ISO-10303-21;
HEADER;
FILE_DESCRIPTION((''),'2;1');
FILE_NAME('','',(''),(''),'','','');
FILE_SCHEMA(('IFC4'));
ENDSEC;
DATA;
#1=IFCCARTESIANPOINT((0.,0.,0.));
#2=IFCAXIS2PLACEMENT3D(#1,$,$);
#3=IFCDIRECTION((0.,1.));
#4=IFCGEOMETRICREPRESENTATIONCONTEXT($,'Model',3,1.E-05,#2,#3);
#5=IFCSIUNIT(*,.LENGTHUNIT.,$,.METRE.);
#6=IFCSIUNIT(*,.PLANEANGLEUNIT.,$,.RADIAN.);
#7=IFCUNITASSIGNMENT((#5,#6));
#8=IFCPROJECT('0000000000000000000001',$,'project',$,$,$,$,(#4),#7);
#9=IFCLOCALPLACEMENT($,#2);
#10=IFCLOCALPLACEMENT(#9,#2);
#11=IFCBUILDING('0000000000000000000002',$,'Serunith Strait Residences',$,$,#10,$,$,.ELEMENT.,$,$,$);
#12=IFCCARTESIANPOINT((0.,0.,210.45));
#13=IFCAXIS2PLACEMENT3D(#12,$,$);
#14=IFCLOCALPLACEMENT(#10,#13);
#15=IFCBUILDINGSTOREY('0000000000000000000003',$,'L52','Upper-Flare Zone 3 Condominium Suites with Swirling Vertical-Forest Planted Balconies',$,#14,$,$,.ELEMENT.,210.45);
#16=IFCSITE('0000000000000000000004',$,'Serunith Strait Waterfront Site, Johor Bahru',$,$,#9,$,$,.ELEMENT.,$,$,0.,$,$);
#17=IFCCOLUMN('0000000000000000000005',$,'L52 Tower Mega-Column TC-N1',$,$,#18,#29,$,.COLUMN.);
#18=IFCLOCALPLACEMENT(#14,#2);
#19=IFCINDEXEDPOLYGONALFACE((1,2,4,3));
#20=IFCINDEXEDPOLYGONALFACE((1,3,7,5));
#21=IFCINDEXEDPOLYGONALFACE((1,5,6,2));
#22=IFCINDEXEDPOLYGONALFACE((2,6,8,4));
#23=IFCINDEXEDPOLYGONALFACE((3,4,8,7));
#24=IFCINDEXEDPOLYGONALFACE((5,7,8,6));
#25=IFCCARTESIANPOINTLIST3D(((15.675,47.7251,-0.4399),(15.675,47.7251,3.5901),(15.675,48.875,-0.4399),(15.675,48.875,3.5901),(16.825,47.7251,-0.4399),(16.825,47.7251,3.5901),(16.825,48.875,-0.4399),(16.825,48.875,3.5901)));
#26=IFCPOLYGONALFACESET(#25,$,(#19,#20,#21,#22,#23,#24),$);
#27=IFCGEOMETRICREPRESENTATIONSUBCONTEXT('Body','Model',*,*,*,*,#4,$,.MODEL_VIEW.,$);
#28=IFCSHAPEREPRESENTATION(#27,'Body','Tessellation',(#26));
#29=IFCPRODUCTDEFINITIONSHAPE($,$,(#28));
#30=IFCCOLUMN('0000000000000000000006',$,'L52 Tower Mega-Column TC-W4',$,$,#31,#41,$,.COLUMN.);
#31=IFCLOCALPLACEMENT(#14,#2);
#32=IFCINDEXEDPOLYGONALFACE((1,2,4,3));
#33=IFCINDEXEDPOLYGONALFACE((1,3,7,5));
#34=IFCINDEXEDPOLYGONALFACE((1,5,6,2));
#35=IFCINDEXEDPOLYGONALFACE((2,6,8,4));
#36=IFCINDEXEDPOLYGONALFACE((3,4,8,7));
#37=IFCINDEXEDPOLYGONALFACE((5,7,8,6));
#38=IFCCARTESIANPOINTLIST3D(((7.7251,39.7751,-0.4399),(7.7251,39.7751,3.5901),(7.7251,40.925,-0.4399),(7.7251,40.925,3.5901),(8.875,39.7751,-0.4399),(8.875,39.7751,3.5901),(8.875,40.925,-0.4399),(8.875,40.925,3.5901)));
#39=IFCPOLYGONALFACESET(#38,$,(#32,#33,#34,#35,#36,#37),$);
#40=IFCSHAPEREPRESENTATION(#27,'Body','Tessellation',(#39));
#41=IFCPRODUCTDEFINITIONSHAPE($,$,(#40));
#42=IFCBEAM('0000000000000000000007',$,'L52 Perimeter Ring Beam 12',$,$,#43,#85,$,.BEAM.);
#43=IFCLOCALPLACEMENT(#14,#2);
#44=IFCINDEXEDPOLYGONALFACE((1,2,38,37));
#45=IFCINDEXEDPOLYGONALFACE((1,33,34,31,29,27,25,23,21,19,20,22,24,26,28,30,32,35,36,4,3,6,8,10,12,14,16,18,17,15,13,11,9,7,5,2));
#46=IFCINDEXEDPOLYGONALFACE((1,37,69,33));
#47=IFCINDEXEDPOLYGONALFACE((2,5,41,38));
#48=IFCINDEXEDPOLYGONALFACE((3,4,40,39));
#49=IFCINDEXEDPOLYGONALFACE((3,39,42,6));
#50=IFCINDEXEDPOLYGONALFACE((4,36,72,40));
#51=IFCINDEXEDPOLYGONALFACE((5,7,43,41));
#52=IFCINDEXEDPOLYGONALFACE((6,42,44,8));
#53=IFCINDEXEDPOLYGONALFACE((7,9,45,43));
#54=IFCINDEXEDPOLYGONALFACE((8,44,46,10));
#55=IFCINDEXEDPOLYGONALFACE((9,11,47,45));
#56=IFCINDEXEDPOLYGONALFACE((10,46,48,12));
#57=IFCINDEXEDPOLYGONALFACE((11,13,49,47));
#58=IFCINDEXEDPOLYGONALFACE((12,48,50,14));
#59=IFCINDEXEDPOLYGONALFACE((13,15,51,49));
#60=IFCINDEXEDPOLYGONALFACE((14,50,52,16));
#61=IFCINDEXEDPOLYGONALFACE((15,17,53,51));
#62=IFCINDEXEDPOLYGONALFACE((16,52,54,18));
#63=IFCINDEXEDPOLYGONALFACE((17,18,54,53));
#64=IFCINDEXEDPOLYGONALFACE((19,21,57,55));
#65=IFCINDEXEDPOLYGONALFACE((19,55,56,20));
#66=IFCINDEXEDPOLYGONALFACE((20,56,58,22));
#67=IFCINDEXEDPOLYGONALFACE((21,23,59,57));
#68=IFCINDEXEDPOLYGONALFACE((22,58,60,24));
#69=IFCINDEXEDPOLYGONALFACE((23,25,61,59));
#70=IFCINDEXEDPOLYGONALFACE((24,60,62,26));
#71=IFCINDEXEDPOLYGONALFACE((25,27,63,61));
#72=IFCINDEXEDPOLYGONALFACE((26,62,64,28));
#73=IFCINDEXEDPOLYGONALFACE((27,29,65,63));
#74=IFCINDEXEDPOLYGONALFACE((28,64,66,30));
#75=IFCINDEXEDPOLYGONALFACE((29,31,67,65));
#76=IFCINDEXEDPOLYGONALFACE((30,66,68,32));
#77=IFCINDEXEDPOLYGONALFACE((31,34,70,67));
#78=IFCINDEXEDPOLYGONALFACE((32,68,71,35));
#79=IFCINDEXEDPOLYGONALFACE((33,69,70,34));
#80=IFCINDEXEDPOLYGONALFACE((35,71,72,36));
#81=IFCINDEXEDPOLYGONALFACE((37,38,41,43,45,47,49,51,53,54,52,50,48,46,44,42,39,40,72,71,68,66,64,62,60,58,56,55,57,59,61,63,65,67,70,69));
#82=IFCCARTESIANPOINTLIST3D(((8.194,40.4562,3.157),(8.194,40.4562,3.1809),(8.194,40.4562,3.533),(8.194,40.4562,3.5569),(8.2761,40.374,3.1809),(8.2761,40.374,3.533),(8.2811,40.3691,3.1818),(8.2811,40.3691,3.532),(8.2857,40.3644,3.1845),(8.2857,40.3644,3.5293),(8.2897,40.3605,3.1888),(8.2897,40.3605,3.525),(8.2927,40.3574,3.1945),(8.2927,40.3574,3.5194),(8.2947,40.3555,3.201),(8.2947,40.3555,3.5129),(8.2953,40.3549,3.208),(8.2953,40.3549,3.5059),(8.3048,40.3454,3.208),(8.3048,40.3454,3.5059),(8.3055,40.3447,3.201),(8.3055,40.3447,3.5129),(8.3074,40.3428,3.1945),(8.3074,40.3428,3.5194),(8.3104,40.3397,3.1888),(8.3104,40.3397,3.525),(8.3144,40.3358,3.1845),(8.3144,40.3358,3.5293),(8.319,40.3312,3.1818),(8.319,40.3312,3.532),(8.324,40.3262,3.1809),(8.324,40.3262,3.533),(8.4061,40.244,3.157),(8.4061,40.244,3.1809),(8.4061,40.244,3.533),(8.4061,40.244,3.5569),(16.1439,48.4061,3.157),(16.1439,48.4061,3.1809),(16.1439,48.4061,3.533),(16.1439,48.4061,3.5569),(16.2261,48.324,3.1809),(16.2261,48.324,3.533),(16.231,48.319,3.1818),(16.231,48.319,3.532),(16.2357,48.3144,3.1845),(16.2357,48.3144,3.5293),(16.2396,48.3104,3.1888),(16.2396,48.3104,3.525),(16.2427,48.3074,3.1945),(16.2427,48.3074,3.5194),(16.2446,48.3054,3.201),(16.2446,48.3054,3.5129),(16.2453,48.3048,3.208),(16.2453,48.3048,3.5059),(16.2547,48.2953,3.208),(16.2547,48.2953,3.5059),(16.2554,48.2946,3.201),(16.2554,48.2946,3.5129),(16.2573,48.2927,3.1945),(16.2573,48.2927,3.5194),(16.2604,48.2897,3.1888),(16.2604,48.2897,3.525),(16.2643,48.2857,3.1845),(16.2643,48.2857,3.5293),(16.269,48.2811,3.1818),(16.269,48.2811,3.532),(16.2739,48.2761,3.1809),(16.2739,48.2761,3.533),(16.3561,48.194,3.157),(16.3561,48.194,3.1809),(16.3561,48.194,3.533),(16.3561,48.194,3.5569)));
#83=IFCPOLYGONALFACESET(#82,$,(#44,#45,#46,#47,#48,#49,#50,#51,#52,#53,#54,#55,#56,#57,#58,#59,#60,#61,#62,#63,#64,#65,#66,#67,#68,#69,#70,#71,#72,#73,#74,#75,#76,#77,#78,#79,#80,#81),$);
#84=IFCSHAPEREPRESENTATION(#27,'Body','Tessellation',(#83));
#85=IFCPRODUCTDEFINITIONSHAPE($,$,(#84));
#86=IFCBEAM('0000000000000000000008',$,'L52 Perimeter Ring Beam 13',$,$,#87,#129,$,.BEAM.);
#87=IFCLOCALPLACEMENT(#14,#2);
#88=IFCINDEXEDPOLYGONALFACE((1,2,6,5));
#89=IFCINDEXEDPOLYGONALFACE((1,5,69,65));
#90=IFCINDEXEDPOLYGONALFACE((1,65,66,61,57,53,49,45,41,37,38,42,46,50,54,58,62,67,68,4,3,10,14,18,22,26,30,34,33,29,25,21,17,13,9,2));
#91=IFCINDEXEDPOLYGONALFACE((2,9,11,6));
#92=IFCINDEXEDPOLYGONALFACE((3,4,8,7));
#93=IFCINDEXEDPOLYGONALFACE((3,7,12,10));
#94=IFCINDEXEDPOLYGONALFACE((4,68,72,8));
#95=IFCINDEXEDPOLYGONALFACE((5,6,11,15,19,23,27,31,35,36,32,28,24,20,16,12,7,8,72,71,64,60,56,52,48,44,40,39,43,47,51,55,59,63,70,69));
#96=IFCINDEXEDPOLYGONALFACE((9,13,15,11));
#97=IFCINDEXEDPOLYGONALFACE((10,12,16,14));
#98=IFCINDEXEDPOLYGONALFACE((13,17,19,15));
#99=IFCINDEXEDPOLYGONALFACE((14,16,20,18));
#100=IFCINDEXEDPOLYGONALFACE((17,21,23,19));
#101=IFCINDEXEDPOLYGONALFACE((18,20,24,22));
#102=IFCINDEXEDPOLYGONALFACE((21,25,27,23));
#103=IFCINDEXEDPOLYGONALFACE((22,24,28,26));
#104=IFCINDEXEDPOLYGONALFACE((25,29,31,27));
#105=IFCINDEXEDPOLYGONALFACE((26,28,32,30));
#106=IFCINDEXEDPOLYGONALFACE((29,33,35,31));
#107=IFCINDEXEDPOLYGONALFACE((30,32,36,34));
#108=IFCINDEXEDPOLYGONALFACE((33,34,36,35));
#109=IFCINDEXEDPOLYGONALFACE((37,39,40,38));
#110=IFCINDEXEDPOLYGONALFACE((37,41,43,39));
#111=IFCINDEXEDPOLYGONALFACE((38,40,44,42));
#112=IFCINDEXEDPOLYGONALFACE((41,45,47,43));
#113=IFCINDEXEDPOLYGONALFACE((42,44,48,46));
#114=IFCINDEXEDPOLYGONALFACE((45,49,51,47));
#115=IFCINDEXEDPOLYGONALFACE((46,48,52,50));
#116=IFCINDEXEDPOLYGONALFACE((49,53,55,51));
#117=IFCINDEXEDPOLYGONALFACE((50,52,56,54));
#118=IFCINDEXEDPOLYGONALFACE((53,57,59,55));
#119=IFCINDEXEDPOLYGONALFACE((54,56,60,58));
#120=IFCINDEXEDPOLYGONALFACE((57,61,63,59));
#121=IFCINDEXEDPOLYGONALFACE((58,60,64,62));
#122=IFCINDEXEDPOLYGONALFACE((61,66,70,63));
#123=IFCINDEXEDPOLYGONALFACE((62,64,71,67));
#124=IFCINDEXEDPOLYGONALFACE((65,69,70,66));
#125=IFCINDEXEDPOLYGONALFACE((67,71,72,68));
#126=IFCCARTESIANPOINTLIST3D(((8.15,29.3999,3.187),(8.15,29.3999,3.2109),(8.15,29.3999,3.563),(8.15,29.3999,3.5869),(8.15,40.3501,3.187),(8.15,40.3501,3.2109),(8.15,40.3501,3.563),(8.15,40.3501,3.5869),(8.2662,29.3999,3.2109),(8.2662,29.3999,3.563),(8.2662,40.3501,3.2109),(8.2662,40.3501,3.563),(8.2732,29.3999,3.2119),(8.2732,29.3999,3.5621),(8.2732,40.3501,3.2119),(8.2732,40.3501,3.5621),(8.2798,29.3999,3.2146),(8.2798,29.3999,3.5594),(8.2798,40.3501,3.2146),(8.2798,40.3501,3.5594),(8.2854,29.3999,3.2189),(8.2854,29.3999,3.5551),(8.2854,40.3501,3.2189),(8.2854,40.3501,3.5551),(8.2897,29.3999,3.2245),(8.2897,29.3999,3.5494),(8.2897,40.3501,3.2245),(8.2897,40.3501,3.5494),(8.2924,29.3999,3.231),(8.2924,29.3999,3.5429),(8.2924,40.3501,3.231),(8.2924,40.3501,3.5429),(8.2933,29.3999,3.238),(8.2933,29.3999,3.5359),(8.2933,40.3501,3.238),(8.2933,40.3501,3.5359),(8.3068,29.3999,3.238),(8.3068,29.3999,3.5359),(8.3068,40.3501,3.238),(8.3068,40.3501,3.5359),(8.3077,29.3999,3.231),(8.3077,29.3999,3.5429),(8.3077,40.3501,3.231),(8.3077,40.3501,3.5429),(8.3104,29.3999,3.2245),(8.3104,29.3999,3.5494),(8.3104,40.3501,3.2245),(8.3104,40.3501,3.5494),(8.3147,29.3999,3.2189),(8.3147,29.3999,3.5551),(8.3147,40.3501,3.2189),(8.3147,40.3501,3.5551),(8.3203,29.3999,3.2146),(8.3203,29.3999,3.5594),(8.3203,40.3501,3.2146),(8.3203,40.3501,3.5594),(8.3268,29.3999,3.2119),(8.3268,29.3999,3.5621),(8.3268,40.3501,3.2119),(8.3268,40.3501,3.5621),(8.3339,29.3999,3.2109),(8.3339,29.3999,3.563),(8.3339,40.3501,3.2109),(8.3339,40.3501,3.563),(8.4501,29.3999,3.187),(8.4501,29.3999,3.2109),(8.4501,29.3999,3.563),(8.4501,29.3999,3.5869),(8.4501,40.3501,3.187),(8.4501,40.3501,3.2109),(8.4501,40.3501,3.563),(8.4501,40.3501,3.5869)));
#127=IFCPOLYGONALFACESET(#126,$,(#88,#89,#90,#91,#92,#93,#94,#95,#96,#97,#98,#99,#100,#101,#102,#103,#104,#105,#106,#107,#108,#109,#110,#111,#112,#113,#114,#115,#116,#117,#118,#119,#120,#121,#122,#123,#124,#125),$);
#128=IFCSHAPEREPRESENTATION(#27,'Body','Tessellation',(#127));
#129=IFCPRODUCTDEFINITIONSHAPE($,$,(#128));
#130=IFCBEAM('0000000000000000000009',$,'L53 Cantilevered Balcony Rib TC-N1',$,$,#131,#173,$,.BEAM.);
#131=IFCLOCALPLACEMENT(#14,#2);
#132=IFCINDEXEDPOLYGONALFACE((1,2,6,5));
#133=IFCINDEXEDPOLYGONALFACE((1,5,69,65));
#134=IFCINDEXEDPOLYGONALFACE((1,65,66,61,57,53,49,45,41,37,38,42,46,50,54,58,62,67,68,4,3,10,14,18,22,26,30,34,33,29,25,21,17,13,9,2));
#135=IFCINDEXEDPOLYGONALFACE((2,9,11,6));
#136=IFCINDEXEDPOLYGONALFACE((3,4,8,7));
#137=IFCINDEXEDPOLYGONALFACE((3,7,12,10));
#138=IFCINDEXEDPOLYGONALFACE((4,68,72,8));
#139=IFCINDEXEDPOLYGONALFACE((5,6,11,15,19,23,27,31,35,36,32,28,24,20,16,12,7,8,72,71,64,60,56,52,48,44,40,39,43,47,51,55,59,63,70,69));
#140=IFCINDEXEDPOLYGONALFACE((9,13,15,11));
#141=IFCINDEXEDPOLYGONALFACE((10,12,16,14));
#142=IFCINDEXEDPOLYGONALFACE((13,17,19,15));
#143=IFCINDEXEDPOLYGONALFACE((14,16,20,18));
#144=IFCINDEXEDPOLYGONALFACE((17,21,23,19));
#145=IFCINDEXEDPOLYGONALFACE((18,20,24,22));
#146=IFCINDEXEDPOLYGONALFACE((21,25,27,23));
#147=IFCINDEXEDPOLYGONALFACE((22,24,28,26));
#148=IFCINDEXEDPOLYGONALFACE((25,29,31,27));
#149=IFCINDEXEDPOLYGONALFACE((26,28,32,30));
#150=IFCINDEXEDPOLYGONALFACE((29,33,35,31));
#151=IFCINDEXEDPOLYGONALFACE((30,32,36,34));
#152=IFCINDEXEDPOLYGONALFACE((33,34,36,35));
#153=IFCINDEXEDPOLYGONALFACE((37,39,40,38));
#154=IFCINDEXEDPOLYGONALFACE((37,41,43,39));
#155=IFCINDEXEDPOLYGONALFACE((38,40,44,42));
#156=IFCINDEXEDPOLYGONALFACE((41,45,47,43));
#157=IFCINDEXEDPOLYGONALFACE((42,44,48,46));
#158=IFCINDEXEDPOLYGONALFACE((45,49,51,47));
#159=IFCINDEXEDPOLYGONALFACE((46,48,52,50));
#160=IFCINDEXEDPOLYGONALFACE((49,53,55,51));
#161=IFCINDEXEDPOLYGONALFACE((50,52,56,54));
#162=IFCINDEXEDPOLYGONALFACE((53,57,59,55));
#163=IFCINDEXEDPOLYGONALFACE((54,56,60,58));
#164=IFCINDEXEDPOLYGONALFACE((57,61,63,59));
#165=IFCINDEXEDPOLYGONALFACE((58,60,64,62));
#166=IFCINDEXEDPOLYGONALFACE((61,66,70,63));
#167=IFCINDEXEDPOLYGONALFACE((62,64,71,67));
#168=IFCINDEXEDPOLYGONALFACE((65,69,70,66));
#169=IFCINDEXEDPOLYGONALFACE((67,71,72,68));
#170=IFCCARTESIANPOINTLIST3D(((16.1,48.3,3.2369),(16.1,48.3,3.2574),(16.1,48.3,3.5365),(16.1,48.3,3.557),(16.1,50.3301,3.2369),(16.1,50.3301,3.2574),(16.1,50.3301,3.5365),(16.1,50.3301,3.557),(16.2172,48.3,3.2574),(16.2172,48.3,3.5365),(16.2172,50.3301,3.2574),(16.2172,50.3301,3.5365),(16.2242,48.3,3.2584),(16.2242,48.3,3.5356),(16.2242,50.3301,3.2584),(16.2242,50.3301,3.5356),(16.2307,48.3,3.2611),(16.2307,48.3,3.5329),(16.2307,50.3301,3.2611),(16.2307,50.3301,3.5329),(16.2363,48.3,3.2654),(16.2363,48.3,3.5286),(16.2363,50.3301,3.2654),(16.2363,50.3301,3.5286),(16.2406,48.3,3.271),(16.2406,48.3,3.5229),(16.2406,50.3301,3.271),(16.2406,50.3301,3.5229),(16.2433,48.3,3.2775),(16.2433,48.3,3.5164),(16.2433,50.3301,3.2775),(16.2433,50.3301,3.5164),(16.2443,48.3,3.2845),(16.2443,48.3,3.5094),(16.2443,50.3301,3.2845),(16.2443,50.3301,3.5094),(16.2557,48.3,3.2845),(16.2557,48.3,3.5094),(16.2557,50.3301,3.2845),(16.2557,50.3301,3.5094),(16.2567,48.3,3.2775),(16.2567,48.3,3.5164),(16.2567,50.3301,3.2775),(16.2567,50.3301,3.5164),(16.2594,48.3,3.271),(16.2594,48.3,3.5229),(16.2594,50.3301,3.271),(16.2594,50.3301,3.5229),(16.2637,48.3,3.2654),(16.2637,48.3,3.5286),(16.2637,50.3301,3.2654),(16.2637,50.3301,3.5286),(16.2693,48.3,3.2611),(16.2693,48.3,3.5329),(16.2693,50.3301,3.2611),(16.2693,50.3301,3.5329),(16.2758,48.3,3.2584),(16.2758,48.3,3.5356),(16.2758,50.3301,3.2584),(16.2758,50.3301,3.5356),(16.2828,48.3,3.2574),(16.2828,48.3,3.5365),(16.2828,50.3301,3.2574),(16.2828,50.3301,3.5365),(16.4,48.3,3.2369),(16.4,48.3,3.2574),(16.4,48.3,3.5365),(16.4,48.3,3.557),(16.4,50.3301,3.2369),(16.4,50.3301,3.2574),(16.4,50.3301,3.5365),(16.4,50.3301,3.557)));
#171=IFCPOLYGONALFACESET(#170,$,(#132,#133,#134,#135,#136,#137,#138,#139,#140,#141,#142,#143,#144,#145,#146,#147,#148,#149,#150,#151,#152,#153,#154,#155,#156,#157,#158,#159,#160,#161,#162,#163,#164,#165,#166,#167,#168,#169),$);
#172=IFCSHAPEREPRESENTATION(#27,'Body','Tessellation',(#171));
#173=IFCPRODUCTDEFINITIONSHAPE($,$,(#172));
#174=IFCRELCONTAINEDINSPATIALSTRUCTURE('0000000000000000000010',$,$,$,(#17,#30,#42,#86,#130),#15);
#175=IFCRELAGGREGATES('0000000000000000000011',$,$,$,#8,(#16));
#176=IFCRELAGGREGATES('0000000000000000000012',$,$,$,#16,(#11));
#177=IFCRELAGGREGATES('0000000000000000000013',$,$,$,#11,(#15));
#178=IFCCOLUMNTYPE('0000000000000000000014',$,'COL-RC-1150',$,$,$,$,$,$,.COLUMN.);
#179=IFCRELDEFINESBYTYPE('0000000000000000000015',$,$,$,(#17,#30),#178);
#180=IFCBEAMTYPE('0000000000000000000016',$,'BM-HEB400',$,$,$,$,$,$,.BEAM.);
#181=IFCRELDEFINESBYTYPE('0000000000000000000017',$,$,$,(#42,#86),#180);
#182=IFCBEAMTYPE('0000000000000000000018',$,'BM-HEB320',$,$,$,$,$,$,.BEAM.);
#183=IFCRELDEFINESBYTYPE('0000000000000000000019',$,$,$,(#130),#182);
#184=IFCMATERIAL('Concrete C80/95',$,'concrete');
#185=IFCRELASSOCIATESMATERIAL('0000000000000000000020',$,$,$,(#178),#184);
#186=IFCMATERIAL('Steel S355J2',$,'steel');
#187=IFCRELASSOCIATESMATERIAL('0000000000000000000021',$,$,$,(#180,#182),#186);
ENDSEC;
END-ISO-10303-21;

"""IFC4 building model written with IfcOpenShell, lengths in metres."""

from ifc_helpers import new_model, si_unit, direction, frame, origin, origin_2d, place, context, subcontext, project, spatial, rectangle, i_section, extrude, source, transform, mapped, material, material_profile, profile_set, type_object, element, save


model = new_model("IFC4")

# Units and contexts
model_context = context("Model", 3, precision=1e-05, world=origin(), true_north=direction((0.0, 1.0)))
body_context = subcontext(model_context, "Body", "Model", "MODEL_VIEW")
ifc_project = project(units=[si_unit("LENGTHUNIT", "METRE"), si_unit("PLANEANGLEUNIT", "RADIAN")], contexts=[model_context])

# Site, building, storey
site_placement = place(None, origin())
site = spatial("IfcSite", under=ifc_project, at=site_placement, Name="Serunith Strait Waterfront Site, Johor Bahru", CompositionType="ELEMENT", RefElevation=0.0)
building_placement = place(site_placement, origin())
building = spatial("IfcBuilding", under=site, at=building_placement, Name="Serunith Strait Residences", CompositionType="ELEMENT")
storey_placement = place(building_placement, frame((0.0, 0.0, 210.45)))
storey = spatial("IfcBuildingStorey", under=building, at=storey_placement, Name="L52", Description="Upper-Flare Zone 3 Condominium Suites with Swirling Vertical-Forest Planted Balconies", CompositionType="ELEMENT", Elevation=210.45)

# Columns
ifc_material_1 = material(Name="Concrete C80/95", Category="concrete")
ifc_material_profile_1 = material_profile(ifc_material_1, rectangle(XDim=1.1499, YDim=1.1499, at=origin_2d()), Name="RC 1150x1150")
ifc_profile_set_1 = profile_set([ifc_material_profile_1], Name="Concrete C80/95")
column_type = type_object("IfcColumnType", Name="COL-RC-1150", PredefinedType="COLUMN", material=ifc_profile_set_1)
shared_shape_1 = source(origin(), body_context, "Body", "SweptSolid", [
    extrude(rectangle(XDim=1.1499, YDim=1.1499, at=origin_2d()), origin(), (0.0, 0.0, 1.0), 4.03),
])
for number, where, z_axis, x_axis, name in (
    (1, (16.25, 48.3, -0.4399), (0.0, 0.0, 1.0), (1.0, 0.0, 0.0), "L52 Tower Mega-Column TC-N1"),
    (2, (8.3, 40.3501, -0.4399), (0.0, 0.0, 1.0), (1.0, 0.0, 0.0), "L52 Tower Mega-Column TC-W4"),
):
    element("IfcColumn", number, at=place(storey_placement, frame(where, z_axis=z_axis, x_axis=x_axis)), inside=storey, type_object=column_type, Name=name, PredefinedType="COLUMN", context=body_context, shape_type="MappedRepresentation", body=[
        mapped(shared_shape_1, transform((0.0, 0.0, 0.0), scale=1.0)),
    ])

# Beams
ifc_material_2 = material(Name="Steel S355J2", Category="steel")
ifc_material_profile_2 = material_profile(ifc_material_2, i_section(OverallWidth=0.3, OverallDepth=0.3999, WebThickness=0.0134, FlangeThickness=0.0239, FilletRadius=0.0271, at=origin_2d()), Name="HEB 400")
ifc_profile_set_2 = profile_set([ifc_material_profile_2], Name="Steel S355J2")
beam_type_1 = type_object("IfcBeamType", Name="BM-HEB400", PredefinedType="BEAM", material=ifc_profile_set_2)
shared_shape_2 = source(origin(), body_context, "Body", "SweptSolid", [
    extrude(i_section(OverallWidth=0.3, OverallDepth=0.3999, WebThickness=0.0134, FlangeThickness=0.0239, FilletRadius=0.0271, at=origin_2d()), origin(), (0.0, 0.0, 1.0), 11.2429),
])
beam_1_placement = place(storey_placement, frame((16.25, 48.3, 3.3569), z_axis=(-0.707107, -0.707107, 0.0), x_axis=(0.707107, -0.707107, 0.0)))
element("IfcBeam", 3, at=beam_1_placement, inside=storey, type_object=beam_type_1, Name="L52 Perimeter Ring Beam 12", PredefinedType="BEAM", context=body_context, shape_type="MappedRepresentation", body=[
    mapped(shared_shape_2, transform((0.0, 0.0, 0.0), scale=1.0)),
])
shared_shape_3 = source(origin(), body_context, "Body", "SweptSolid", [
    extrude(i_section(OverallWidth=0.3, OverallDepth=0.3999, WebThickness=0.0134, FlangeThickness=0.0239, FilletRadius=0.0271, at=origin_2d()), origin(), (0.0, 0.0, 1.0), 10.9502),
])
beam_2_placement = place(storey_placement, frame((8.3, 40.3501, 3.387), z_axis=(0.0, -1.0, 0.0), x_axis=(1.0, 0.0, 0.0)))
element("IfcBeam", 4, at=beam_2_placement, inside=storey, type_object=beam_type_1, Name="L52 Perimeter Ring Beam 13", PredefinedType="BEAM", context=body_context, shape_type="MappedRepresentation", body=[
    mapped(shared_shape_3, transform((0.0, 0.0, 0.0), scale=1.0)),
])
ifc_material_profile_3 = material_profile(ifc_material_2, i_section(OverallWidth=0.3, OverallDepth=0.3201, WebThickness=0.0115, FlangeThickness=0.0205, FilletRadius=0.0271, at=origin_2d()), Name="HEB 320")
ifc_profile_set_3 = profile_set([ifc_material_profile_3], Name="Steel S355J2")
beam_type_2 = type_object("IfcBeamType", Name="BM-HEB320", PredefinedType="BEAM", material=ifc_profile_set_3)
shared_shape_4 = source(origin(), body_context, "Body", "SweptSolid", [
    extrude(i_section(OverallWidth=0.3, OverallDepth=0.3201, WebThickness=0.0115, FlangeThickness=0.0205, FilletRadius=0.0271, at=origin_2d()), origin(), (0.0, 0.0, 1.0), 2.03),
])
beam_3_placement = place(storey_placement, frame((16.25, 48.3, 3.397), z_axis=(0.0, 1.0, 0.0), x_axis=(-1.0, 0.0, 0.0)))
element("IfcBeam", 5, at=beam_3_placement, inside=storey, type_object=beam_type_2, Name="L53 Cantilevered Balcony Rib TC-N1", PredefinedType="BEAM", context=body_context, shape_type="MappedRepresentation", body=[
    mapped(shared_shape_4, transform((0.0, 0.0, 0.0), scale=1.0)),
])

save(model, "model.ifc")
